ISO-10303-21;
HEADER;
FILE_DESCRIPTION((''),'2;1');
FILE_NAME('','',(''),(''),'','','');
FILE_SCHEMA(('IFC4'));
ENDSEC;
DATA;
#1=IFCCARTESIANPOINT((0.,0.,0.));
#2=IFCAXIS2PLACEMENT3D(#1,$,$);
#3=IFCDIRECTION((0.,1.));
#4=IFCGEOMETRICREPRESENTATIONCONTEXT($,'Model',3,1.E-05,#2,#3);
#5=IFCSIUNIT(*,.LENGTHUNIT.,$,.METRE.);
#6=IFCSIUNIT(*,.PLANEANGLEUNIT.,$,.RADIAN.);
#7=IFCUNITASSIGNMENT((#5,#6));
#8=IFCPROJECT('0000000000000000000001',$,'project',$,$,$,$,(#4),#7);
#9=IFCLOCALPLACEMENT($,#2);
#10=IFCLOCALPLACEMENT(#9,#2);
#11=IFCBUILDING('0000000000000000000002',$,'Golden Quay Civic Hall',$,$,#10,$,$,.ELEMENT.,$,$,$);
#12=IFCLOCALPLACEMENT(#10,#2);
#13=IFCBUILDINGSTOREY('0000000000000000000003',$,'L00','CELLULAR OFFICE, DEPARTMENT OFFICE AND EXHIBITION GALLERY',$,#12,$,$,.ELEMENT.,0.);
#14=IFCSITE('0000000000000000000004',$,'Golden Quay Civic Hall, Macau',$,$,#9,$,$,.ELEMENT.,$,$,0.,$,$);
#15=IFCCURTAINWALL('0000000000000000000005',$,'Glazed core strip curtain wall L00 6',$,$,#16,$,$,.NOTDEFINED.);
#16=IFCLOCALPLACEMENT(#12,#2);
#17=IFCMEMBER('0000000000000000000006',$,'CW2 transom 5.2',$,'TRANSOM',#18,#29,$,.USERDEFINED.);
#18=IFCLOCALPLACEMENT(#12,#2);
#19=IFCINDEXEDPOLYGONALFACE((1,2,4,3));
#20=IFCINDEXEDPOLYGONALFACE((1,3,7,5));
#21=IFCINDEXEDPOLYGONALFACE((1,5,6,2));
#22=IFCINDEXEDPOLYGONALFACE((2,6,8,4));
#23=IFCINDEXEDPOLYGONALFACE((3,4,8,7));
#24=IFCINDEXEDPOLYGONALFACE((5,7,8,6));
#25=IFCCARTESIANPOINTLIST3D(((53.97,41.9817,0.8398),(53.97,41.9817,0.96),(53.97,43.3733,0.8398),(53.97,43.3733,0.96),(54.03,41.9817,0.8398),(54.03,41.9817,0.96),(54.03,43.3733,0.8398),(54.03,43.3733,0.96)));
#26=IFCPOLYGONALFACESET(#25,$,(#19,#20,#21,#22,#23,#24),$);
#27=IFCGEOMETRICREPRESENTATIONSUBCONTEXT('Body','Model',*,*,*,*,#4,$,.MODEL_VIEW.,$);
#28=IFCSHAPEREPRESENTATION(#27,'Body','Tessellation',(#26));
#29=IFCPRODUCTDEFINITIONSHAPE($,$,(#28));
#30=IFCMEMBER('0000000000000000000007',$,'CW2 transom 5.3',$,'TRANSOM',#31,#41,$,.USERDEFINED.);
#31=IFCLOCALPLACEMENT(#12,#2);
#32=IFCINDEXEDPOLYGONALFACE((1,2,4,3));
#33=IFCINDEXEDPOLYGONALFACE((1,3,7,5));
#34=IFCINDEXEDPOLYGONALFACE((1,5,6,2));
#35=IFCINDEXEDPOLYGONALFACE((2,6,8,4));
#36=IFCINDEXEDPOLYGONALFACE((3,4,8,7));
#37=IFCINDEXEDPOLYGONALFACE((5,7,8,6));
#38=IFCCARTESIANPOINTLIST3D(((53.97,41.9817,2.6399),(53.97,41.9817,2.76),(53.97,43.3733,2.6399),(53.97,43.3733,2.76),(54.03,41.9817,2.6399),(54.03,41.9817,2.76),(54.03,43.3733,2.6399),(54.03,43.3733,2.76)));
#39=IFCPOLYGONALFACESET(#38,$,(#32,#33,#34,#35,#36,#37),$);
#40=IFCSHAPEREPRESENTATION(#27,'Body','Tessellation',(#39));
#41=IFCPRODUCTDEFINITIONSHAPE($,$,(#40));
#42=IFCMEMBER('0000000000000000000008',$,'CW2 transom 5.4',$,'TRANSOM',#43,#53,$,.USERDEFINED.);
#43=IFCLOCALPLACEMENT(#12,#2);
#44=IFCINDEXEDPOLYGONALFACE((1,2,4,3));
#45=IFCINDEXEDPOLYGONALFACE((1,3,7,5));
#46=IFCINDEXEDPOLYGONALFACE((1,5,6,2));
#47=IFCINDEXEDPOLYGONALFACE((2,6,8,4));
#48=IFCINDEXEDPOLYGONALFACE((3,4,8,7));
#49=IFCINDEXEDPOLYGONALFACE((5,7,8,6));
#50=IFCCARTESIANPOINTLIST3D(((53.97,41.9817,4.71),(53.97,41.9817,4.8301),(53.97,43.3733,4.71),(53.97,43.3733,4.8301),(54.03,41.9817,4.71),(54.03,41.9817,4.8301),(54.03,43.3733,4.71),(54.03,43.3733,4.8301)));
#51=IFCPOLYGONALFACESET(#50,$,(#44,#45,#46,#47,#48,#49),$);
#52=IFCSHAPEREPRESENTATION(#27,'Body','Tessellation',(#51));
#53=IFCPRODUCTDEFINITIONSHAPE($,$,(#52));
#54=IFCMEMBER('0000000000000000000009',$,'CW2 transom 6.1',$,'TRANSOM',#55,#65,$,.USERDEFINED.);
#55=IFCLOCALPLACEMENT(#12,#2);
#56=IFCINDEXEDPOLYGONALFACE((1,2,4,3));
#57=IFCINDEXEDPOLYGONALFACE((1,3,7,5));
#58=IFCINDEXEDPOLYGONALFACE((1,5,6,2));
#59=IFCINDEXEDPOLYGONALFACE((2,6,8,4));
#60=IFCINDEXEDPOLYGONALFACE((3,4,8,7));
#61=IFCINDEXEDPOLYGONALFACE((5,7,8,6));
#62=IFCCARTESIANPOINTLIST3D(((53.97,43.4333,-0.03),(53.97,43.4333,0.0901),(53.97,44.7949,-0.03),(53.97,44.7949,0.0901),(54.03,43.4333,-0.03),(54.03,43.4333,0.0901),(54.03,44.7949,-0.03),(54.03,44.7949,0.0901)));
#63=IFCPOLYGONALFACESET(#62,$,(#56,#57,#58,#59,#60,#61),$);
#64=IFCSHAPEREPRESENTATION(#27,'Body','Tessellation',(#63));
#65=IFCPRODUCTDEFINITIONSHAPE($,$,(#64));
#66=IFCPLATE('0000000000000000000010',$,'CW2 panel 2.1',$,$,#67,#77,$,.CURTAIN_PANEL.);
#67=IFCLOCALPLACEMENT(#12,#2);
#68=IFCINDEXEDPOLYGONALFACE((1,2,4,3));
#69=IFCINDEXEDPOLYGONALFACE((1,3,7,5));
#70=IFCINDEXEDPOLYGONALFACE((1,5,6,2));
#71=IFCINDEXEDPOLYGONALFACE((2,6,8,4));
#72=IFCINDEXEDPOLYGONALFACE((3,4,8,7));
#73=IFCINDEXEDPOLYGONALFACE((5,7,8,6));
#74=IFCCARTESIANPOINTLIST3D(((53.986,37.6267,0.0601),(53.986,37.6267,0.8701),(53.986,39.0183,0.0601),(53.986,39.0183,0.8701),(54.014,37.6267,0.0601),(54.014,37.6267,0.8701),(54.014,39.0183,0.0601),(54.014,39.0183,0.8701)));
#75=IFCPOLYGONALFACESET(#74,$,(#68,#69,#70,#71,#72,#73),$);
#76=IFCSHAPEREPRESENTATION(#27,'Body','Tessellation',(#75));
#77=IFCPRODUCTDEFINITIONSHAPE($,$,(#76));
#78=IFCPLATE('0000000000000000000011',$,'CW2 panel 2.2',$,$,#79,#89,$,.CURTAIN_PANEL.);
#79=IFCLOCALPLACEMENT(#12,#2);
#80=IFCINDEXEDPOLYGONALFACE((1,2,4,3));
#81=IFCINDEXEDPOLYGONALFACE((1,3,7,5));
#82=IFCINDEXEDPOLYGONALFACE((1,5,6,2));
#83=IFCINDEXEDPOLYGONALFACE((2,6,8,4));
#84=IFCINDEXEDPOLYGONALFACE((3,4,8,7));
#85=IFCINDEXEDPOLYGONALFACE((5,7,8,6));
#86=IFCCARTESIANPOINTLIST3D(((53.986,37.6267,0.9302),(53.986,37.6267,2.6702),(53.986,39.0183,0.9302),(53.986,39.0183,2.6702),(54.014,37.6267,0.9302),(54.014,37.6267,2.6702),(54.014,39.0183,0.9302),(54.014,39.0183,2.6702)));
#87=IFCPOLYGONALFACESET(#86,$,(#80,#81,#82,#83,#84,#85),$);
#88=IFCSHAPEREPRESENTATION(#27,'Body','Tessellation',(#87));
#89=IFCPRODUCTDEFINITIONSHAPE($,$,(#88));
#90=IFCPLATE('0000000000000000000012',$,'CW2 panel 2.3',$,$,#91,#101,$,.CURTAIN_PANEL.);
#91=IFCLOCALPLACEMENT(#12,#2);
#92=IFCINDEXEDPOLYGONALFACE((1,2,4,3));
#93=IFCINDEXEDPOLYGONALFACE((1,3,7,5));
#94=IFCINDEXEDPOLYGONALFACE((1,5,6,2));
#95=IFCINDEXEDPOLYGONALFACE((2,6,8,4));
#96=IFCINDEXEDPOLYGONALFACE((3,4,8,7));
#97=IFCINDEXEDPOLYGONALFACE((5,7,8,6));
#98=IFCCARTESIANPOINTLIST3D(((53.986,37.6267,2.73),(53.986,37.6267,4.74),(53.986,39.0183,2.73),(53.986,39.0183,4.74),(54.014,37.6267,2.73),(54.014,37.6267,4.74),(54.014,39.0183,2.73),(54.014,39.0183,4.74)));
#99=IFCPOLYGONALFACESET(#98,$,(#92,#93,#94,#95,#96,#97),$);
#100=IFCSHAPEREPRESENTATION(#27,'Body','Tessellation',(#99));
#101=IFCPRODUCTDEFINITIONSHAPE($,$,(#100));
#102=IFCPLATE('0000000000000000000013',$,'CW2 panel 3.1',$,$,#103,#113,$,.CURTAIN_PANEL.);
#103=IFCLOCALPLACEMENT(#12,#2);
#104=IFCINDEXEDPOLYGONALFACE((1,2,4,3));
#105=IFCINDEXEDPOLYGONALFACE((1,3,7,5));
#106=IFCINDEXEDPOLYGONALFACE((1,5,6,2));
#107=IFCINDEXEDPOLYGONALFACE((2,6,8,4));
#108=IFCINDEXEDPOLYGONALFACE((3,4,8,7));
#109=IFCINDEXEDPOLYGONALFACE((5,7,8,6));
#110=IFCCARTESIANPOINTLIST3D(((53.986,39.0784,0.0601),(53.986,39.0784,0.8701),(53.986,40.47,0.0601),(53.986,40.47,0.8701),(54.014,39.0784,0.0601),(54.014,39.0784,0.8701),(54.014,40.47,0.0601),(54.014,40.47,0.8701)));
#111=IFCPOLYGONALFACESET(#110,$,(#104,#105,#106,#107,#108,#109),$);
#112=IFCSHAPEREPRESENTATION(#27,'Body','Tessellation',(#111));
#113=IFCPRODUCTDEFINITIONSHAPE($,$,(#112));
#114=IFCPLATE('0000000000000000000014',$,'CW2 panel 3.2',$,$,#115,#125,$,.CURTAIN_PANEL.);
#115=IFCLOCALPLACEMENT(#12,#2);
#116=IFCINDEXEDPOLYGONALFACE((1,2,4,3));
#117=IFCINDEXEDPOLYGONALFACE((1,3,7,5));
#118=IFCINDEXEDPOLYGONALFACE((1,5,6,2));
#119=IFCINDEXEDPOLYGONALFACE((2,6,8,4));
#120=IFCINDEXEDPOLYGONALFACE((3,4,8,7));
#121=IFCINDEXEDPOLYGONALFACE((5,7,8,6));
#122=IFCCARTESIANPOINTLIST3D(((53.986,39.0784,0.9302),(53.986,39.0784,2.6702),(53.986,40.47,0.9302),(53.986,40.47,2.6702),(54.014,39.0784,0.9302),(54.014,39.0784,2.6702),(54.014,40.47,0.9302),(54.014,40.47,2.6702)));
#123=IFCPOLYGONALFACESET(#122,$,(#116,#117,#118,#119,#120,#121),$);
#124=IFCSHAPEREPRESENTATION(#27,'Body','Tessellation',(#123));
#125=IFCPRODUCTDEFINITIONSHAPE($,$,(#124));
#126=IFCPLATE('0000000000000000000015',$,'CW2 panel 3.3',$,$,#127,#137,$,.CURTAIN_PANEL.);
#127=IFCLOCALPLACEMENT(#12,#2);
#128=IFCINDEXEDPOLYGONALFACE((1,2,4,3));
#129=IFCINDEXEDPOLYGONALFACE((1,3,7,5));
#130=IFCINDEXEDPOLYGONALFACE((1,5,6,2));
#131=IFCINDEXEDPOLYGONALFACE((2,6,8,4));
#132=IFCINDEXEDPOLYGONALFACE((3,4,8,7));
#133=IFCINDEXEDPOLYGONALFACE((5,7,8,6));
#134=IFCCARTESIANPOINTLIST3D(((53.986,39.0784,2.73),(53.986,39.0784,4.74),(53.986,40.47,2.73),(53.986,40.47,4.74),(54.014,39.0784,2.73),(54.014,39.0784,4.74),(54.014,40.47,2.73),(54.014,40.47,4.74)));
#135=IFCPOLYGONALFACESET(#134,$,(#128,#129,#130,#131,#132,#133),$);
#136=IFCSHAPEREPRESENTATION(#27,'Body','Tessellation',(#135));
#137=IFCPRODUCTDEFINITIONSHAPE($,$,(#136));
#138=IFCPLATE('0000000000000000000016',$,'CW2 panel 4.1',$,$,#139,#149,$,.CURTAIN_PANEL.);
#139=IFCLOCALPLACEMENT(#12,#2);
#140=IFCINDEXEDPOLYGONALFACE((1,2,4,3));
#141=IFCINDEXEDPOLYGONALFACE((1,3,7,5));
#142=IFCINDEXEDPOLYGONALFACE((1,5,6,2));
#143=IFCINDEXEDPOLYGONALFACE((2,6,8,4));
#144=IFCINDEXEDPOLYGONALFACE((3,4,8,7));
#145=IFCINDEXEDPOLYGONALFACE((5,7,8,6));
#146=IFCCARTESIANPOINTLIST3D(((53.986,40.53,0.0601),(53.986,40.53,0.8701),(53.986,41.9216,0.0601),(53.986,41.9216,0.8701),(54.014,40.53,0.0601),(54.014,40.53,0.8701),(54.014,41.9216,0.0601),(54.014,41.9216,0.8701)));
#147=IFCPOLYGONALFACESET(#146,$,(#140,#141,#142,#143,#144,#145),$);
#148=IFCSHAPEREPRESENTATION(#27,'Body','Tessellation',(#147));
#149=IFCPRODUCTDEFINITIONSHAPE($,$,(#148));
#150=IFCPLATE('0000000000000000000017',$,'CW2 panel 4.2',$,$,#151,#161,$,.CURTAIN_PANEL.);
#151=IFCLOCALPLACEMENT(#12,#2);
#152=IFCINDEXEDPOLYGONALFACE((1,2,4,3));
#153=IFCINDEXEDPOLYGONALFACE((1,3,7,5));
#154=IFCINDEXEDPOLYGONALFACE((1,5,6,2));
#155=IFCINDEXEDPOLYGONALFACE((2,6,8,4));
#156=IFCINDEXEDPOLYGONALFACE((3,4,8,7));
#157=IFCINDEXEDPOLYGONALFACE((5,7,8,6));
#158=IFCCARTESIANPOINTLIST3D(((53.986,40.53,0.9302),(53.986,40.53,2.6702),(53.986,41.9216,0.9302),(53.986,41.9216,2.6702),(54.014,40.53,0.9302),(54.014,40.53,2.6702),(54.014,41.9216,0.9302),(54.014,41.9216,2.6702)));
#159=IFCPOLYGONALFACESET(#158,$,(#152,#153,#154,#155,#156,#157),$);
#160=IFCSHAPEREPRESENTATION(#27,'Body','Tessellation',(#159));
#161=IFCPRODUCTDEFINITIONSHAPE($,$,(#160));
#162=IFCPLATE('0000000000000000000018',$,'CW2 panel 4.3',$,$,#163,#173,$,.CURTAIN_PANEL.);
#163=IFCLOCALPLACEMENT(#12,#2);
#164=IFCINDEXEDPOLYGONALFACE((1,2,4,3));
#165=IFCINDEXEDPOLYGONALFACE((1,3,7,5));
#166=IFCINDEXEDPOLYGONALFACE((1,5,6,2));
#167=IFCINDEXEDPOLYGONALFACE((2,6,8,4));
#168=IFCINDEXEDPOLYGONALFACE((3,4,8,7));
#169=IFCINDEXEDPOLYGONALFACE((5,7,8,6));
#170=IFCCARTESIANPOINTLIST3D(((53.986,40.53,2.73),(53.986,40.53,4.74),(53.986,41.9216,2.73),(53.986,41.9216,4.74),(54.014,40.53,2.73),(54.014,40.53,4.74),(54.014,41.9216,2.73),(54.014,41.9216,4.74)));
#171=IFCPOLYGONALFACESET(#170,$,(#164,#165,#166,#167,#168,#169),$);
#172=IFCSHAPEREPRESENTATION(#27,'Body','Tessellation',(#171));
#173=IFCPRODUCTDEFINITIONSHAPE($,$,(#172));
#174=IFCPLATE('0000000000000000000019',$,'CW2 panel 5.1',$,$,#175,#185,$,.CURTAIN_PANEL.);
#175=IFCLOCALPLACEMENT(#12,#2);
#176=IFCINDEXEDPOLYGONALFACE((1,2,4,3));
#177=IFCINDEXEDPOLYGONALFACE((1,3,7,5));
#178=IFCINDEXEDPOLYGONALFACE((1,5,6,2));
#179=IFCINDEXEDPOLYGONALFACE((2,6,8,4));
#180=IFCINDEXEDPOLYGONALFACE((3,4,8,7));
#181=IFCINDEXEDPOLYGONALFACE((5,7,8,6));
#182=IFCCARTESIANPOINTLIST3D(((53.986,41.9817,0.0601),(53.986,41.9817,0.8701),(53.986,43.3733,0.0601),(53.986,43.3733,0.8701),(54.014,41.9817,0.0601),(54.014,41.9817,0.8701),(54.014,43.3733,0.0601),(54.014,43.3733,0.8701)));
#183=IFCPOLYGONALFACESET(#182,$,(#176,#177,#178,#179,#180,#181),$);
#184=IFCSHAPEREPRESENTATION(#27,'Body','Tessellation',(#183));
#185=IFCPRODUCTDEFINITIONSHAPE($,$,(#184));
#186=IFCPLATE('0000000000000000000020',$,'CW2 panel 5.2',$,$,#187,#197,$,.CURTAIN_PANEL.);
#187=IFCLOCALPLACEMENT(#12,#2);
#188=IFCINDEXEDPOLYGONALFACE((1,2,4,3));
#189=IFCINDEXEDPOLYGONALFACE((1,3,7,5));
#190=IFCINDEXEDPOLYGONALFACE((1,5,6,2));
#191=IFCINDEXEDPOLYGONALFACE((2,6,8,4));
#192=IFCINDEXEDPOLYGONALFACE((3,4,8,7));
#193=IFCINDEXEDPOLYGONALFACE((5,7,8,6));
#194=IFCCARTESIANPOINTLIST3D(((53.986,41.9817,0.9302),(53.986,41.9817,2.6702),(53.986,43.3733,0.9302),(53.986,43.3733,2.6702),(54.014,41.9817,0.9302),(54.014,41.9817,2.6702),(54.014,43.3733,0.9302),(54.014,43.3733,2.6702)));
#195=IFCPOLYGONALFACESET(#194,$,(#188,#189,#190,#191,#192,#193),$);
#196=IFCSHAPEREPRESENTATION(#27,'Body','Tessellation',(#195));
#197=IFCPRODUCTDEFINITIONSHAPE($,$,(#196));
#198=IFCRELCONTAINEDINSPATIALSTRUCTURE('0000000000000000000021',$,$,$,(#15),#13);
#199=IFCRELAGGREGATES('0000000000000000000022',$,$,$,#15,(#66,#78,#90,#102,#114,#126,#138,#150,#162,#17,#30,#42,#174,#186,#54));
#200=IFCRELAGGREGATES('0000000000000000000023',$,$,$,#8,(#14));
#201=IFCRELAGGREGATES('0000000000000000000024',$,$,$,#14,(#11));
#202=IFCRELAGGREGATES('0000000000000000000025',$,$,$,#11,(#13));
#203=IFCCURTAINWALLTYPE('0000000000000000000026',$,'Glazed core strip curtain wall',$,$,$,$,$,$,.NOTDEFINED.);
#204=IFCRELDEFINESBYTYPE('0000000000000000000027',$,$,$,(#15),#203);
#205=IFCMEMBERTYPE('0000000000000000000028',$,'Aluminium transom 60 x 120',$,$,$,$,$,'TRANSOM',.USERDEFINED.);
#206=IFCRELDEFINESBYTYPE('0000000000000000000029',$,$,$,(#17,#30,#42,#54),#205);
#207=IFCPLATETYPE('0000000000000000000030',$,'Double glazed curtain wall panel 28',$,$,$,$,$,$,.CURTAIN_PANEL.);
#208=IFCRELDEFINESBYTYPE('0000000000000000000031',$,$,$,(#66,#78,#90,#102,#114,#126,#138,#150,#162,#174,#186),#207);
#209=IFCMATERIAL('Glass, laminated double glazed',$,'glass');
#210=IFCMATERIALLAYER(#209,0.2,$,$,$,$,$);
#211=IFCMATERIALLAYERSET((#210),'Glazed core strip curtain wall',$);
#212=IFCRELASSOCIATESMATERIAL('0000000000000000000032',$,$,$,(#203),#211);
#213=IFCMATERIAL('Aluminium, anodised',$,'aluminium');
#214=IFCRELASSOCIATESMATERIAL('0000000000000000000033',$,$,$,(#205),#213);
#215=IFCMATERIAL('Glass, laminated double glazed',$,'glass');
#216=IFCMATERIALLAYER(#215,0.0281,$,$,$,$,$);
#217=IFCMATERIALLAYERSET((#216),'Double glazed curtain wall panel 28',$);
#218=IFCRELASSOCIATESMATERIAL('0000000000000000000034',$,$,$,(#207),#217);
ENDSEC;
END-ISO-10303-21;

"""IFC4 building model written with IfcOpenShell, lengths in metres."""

from ifc_helpers import new_model, si_unit, direction, frame, origin, origin_2d, place, context, subcontext, project, spatial, rectangle, extrude, material, layer, layer_set, material_profile, profile_set, type_object, element, aggregate, save


model = new_model("IFC4")

# Units and contexts
model_context = context("Model", 3, precision=1e-05, world=origin(), true_north=direction((0.0, 1.0)))
body_context = subcontext(model_context, "Body", "Model", "MODEL_VIEW")
ifc_project = project(units=[si_unit("LENGTHUNIT", "METRE"), si_unit("PLANEANGLEUNIT", "RADIAN")], contexts=[model_context])

# Site, building, storey
site_placement = place(None, origin())
site = spatial("IfcSite", under=ifc_project, at=site_placement, Name="Golden Quay Civic Hall, Macau", CompositionType="ELEMENT", RefElevation=0.0)
building_placement = place(site_placement, origin())
building = spatial("IfcBuilding", under=site, at=building_placement, Name="Golden Quay Civic Hall", CompositionType="ELEMENT")
storey_placement = place(building_placement, origin())
storey = spatial("IfcBuildingStorey", under=building, at=storey_placement, Name="L00", Description="CELLULAR OFFICE, DEPARTMENT OFFICE AND EXHIBITION GALLERY", CompositionType="ELEMENT", Elevation=0.0)

# Curtain wall, members, plates
ifc_material_1 = material(Name="Glass, laminated double glazed", Category="glass")
ifc_layer_1 = layer(ifc_material_1, 0.2)
ifc_layer_set_1 = layer_set([ifc_layer_1], Name="Glazed core strip curtain wall")
curtain_wall_type = type_object("IfcCurtainWallType", Name="Glazed core strip curtain wall", PredefinedType="NOTDEFINED", material=ifc_layer_set_1)
curtain_wall_placement = place(storey_placement, origin())
curtain_wall = element("IfcCurtainWall", 1, at=curtain_wall_placement, inside=storey, type_object=curtain_wall_type, Name="Glazed core strip curtain wall L00 6", PredefinedType="NOTDEFINED")
ifc_material_2 = material(Name="Aluminium, anodised", Category="aluminium")
ifc_material_profile_1 = material_profile(ifc_material_2, rectangle(XDim=0.0601, YDim=0.1201, at=origin_2d()), Name="Aluminium 60 x 120")
ifc_profile_set_1 = profile_set([ifc_material_profile_1], Name="Aluminium, anodised")
member_type_1 = type_object("IfcMemberType", Name="Aluminium transom 60 x 120", ElementType="TRANSOM", PredefinedType="USERDEFINED", material=ifc_profile_set_1)
member_1_placement = place(storey_placement, frame((54.0, 41.9817, 0.8999), z_axis=(0.0, 1.0, 0.0), x_axis=(-1.0, 0.0, 0.0)))
member_1 = element("IfcMember", 2, at=member_1_placement, type_object=member_type_1, Name="CW2 transom 5.2", ObjectType="TRANSOM", PredefinedType="USERDEFINED", context=body_context, shape_type="SweptSolid", body=[
    extrude(rectangle(XDim=0.0601, YDim=0.1201, at=origin_2d()), origin(), (0.0, 0.0, 1.0), 1.3916),
])
member_2_placement = place(storey_placement, frame((54.0, 41.9817, 2.7), z_axis=(0.0, 1.0, 0.0), x_axis=(-1.0, 0.0, 0.0)))
member_2 = element("IfcMember", 3, at=member_2_placement, type_object=member_type_1, Name="CW2 transom 5.3", ObjectType="TRANSOM", PredefinedType="USERDEFINED", context=body_context, shape_type="SweptSolid", body=[
    extrude(rectangle(XDim=0.0601, YDim=0.1201, at=origin_2d()), origin(), (0.0, 0.0, 1.0), 1.3916),
])
member_3_placement = place(storey_placement, frame((54.0, 41.9817, 4.77), z_axis=(0.0, 1.0, 0.0), x_axis=(-1.0, 0.0, 0.0)))
member_3 = element("IfcMember", 4, at=member_3_placement, type_object=member_type_1, Name="CW2 transom 5.4", ObjectType="TRANSOM", PredefinedType="USERDEFINED", context=body_context, shape_type="SweptSolid", body=[
    extrude(rectangle(XDim=0.0601, YDim=0.1201, at=origin_2d()), origin(), (0.0, 0.0, 1.0), 1.3916),
])
member_4_placement = place(storey_placement, frame((54.0, 43.4333, 0.03), z_axis=(0.0, 1.0, 0.0), x_axis=(-1.0, 0.0, 0.0)))
member_4 = element("IfcMember", 5, at=member_4_placement, type_object=member_type_1, Name="CW2 transom 6.1", ObjectType="TRANSOM", PredefinedType="USERDEFINED", context=body_context, shape_type="SweptSolid", body=[
    extrude(rectangle(XDim=0.0601, YDim=0.1201, at=origin_2d()), origin(), (0.0, 0.0, 1.0), 1.3616),
])
ifc_material_3 = material(Name="Glass, laminated double glazed", Category="glass")
ifc_layer_2 = layer(ifc_material_3, 0.0281)
ifc_layer_set_2 = layer_set([ifc_layer_2], Name="Double glazed curtain wall panel 28")
plate_type = type_object("IfcPlateType", Name="Double glazed curtain wall panel 28", PredefinedType="CURTAIN_PANEL", material=ifc_layer_set_2)
plate_1_placement = place(storey_placement, frame((54.0, 38.3225, 0.0601), z_axis=(0.0, 0.0, 1.0), x_axis=(0.0, 1.0, 0.0)))
plate_1 = element("IfcPlate", 6, at=plate_1_placement, type_object=plate_type, Name="CW2 panel 2.1", PredefinedType="CURTAIN_PANEL", context=body_context, shape_type="SweptSolid", body=[
    extrude(rectangle(XDim=1.3916, YDim=0.0281, at=origin_2d()), origin(), (0.0, 0.0, 1.0), 0.8101),
])
plate_2_placement = place(storey_placement, frame((54.0, 38.3225, 0.9302), z_axis=(0.0, 0.0, 1.0), x_axis=(0.0, 1.0, 0.0)))
plate_2 = element("IfcPlate", 7, at=plate_2_placement, type_object=plate_type, Name="CW2 panel 2.2", PredefinedType="CURTAIN_PANEL", context=body_context, shape_type="SweptSolid", body=[
    extrude(rectangle(XDim=1.3916, YDim=0.0281, at=origin_2d()), origin(), (0.0, 0.0, 1.0), 1.74),
])
plate_3_placement = place(storey_placement, frame((54.0, 38.3225, 2.73), z_axis=(0.0, 0.0, 1.0), x_axis=(0.0, 1.0, 0.0)))
plate_3 = element("IfcPlate", 8, at=plate_3_placement, type_object=plate_type, Name="CW2 panel 2.3", PredefinedType="CURTAIN_PANEL", context=body_context, shape_type="SweptSolid", body=[
    extrude(rectangle(XDim=1.3916, YDim=0.0281, at=origin_2d()), origin(), (0.0, 0.0, 1.0), 2.01),
])
plate_4_placement = place(storey_placement, frame((54.0, 39.7742, 0.0601), z_axis=(0.0, 0.0, 1.0), x_axis=(0.0, 1.0, 0.0)))
plate_4 = element("IfcPlate", 9, at=plate_4_placement, type_object=plate_type, Name="CW2 panel 3.1", PredefinedType="CURTAIN_PANEL", context=body_context, shape_type="SweptSolid", body=[
    extrude(rectangle(XDim=1.3916, YDim=0.0281, at=origin_2d()), origin(), (0.0, 0.0, 1.0), 0.8101),
])
plate_5_placement = place(storey_placement, frame((54.0, 39.7742, 0.9302), z_axis=(0.0, 0.0, 1.0), x_axis=(0.0, 1.0, 0.0)))
plate_5 = element("IfcPlate", 10, at=plate_5_placement, type_object=plate_type, Name="CW2 panel 3.2", PredefinedType="CURTAIN_PANEL", context=body_context, shape_type="SweptSolid", body=[
    extrude(rectangle(XDim=1.3916, YDim=0.0281, at=origin_2d()), origin(), (0.0, 0.0, 1.0), 1.74),
])
plate_6_placement = place(storey_placement, frame((54.0, 39.7742, 2.73), z_axis=(0.0, 0.0, 1.0), x_axis=(0.0, 1.0, 0.0)))
plate_6 = element("IfcPlate", 11, at=plate_6_placement, type_object=plate_type, Name="CW2 panel 3.3", PredefinedType="CURTAIN_PANEL", context=body_context, shape_type="SweptSolid", body=[
    extrude(rectangle(XDim=1.3916, YDim=0.0281, at=origin_2d()), origin(), (0.0, 0.0, 1.0), 2.01),
])
plate_7_placement = place(storey_placement, frame((54.0, 41.2258, 0.0601), z_axis=(0.0, 0.0, 1.0), x_axis=(0.0, 1.0, 0.0)))
plate_7 = element("IfcPlate", 12, at=plate_7_placement, type_object=plate_type, Name="CW2 panel 4.1", PredefinedType="CURTAIN_PANEL", context=body_context, shape_type="SweptSolid", body=[
    extrude(rectangle(XDim=1.3916, YDim=0.0281, at=origin_2d()), origin(), (0.0, 0.0, 1.0), 0.8101),
])
plate_8_placement = place(storey_placement, frame((54.0, 41.2258, 0.9302), z_axis=(0.0, 0.0, 1.0), x_axis=(0.0, 1.0, 0.0)))
plate_8 = element("IfcPlate", 13, at=plate_8_placement, type_object=plate_type, Name="CW2 panel 4.2", PredefinedType="CURTAIN_PANEL", context=body_context, shape_type="SweptSolid", body=[
    extrude(rectangle(XDim=1.3916, YDim=0.0281, at=origin_2d()), origin(), (0.0, 0.0, 1.0), 1.74),
])
plate_9_placement = place(storey_placement, frame((54.0, 41.2258, 2.73), z_axis=(0.0, 0.0, 1.0), x_axis=(0.0, 1.0, 0.0)))
plate_9 = element("IfcPlate", 14, at=plate_9_placement, type_object=plate_type, Name="CW2 panel 4.3", PredefinedType="CURTAIN_PANEL", context=body_context, shape_type="SweptSolid", body=[
    extrude(rectangle(XDim=1.3916, YDim=0.0281, at=origin_2d()), origin(), (0.0, 0.0, 1.0), 2.01),
])
plate_10_placement = place(storey_placement, frame((54.0, 42.6775, 0.0601), z_axis=(0.0, 0.0, 1.0), x_axis=(0.0, 1.0, 0.0)))
plate_10 = element("IfcPlate", 15, at=plate_10_placement, type_object=plate_type, Name="CW2 panel 5.1", PredefinedType="CURTAIN_PANEL", context=body_context, shape_type="SweptSolid", body=[
    extrude(rectangle(XDim=1.3916, YDim=0.0281, at=origin_2d()), origin(), (0.0, 0.0, 1.0), 0.8101),
])
plate_11_placement = place(storey_placement, frame((54.0, 42.6775, 0.9302), z_axis=(0.0, 0.0, 1.0), x_axis=(0.0, 1.0, 0.0)))
plate_11 = element("IfcPlate", 16, at=plate_11_placement, type_object=plate_type, Name="CW2 panel 5.2", PredefinedType="CURTAIN_PANEL", context=body_context, shape_type="SweptSolid", body=[
    extrude(rectangle(XDim=1.3916, YDim=0.0281, at=origin_2d()), origin(), (0.0, 0.0, 1.0), 1.74),
])
aggregate(curtain_wall, [plate_1, plate_2, plate_3, plate_4, plate_5, plate_6, plate_7, plate_8, plate_9, member_1, member_2, member_3, plate_10, plate_11, member_4])

save(model, "model.ifc")
